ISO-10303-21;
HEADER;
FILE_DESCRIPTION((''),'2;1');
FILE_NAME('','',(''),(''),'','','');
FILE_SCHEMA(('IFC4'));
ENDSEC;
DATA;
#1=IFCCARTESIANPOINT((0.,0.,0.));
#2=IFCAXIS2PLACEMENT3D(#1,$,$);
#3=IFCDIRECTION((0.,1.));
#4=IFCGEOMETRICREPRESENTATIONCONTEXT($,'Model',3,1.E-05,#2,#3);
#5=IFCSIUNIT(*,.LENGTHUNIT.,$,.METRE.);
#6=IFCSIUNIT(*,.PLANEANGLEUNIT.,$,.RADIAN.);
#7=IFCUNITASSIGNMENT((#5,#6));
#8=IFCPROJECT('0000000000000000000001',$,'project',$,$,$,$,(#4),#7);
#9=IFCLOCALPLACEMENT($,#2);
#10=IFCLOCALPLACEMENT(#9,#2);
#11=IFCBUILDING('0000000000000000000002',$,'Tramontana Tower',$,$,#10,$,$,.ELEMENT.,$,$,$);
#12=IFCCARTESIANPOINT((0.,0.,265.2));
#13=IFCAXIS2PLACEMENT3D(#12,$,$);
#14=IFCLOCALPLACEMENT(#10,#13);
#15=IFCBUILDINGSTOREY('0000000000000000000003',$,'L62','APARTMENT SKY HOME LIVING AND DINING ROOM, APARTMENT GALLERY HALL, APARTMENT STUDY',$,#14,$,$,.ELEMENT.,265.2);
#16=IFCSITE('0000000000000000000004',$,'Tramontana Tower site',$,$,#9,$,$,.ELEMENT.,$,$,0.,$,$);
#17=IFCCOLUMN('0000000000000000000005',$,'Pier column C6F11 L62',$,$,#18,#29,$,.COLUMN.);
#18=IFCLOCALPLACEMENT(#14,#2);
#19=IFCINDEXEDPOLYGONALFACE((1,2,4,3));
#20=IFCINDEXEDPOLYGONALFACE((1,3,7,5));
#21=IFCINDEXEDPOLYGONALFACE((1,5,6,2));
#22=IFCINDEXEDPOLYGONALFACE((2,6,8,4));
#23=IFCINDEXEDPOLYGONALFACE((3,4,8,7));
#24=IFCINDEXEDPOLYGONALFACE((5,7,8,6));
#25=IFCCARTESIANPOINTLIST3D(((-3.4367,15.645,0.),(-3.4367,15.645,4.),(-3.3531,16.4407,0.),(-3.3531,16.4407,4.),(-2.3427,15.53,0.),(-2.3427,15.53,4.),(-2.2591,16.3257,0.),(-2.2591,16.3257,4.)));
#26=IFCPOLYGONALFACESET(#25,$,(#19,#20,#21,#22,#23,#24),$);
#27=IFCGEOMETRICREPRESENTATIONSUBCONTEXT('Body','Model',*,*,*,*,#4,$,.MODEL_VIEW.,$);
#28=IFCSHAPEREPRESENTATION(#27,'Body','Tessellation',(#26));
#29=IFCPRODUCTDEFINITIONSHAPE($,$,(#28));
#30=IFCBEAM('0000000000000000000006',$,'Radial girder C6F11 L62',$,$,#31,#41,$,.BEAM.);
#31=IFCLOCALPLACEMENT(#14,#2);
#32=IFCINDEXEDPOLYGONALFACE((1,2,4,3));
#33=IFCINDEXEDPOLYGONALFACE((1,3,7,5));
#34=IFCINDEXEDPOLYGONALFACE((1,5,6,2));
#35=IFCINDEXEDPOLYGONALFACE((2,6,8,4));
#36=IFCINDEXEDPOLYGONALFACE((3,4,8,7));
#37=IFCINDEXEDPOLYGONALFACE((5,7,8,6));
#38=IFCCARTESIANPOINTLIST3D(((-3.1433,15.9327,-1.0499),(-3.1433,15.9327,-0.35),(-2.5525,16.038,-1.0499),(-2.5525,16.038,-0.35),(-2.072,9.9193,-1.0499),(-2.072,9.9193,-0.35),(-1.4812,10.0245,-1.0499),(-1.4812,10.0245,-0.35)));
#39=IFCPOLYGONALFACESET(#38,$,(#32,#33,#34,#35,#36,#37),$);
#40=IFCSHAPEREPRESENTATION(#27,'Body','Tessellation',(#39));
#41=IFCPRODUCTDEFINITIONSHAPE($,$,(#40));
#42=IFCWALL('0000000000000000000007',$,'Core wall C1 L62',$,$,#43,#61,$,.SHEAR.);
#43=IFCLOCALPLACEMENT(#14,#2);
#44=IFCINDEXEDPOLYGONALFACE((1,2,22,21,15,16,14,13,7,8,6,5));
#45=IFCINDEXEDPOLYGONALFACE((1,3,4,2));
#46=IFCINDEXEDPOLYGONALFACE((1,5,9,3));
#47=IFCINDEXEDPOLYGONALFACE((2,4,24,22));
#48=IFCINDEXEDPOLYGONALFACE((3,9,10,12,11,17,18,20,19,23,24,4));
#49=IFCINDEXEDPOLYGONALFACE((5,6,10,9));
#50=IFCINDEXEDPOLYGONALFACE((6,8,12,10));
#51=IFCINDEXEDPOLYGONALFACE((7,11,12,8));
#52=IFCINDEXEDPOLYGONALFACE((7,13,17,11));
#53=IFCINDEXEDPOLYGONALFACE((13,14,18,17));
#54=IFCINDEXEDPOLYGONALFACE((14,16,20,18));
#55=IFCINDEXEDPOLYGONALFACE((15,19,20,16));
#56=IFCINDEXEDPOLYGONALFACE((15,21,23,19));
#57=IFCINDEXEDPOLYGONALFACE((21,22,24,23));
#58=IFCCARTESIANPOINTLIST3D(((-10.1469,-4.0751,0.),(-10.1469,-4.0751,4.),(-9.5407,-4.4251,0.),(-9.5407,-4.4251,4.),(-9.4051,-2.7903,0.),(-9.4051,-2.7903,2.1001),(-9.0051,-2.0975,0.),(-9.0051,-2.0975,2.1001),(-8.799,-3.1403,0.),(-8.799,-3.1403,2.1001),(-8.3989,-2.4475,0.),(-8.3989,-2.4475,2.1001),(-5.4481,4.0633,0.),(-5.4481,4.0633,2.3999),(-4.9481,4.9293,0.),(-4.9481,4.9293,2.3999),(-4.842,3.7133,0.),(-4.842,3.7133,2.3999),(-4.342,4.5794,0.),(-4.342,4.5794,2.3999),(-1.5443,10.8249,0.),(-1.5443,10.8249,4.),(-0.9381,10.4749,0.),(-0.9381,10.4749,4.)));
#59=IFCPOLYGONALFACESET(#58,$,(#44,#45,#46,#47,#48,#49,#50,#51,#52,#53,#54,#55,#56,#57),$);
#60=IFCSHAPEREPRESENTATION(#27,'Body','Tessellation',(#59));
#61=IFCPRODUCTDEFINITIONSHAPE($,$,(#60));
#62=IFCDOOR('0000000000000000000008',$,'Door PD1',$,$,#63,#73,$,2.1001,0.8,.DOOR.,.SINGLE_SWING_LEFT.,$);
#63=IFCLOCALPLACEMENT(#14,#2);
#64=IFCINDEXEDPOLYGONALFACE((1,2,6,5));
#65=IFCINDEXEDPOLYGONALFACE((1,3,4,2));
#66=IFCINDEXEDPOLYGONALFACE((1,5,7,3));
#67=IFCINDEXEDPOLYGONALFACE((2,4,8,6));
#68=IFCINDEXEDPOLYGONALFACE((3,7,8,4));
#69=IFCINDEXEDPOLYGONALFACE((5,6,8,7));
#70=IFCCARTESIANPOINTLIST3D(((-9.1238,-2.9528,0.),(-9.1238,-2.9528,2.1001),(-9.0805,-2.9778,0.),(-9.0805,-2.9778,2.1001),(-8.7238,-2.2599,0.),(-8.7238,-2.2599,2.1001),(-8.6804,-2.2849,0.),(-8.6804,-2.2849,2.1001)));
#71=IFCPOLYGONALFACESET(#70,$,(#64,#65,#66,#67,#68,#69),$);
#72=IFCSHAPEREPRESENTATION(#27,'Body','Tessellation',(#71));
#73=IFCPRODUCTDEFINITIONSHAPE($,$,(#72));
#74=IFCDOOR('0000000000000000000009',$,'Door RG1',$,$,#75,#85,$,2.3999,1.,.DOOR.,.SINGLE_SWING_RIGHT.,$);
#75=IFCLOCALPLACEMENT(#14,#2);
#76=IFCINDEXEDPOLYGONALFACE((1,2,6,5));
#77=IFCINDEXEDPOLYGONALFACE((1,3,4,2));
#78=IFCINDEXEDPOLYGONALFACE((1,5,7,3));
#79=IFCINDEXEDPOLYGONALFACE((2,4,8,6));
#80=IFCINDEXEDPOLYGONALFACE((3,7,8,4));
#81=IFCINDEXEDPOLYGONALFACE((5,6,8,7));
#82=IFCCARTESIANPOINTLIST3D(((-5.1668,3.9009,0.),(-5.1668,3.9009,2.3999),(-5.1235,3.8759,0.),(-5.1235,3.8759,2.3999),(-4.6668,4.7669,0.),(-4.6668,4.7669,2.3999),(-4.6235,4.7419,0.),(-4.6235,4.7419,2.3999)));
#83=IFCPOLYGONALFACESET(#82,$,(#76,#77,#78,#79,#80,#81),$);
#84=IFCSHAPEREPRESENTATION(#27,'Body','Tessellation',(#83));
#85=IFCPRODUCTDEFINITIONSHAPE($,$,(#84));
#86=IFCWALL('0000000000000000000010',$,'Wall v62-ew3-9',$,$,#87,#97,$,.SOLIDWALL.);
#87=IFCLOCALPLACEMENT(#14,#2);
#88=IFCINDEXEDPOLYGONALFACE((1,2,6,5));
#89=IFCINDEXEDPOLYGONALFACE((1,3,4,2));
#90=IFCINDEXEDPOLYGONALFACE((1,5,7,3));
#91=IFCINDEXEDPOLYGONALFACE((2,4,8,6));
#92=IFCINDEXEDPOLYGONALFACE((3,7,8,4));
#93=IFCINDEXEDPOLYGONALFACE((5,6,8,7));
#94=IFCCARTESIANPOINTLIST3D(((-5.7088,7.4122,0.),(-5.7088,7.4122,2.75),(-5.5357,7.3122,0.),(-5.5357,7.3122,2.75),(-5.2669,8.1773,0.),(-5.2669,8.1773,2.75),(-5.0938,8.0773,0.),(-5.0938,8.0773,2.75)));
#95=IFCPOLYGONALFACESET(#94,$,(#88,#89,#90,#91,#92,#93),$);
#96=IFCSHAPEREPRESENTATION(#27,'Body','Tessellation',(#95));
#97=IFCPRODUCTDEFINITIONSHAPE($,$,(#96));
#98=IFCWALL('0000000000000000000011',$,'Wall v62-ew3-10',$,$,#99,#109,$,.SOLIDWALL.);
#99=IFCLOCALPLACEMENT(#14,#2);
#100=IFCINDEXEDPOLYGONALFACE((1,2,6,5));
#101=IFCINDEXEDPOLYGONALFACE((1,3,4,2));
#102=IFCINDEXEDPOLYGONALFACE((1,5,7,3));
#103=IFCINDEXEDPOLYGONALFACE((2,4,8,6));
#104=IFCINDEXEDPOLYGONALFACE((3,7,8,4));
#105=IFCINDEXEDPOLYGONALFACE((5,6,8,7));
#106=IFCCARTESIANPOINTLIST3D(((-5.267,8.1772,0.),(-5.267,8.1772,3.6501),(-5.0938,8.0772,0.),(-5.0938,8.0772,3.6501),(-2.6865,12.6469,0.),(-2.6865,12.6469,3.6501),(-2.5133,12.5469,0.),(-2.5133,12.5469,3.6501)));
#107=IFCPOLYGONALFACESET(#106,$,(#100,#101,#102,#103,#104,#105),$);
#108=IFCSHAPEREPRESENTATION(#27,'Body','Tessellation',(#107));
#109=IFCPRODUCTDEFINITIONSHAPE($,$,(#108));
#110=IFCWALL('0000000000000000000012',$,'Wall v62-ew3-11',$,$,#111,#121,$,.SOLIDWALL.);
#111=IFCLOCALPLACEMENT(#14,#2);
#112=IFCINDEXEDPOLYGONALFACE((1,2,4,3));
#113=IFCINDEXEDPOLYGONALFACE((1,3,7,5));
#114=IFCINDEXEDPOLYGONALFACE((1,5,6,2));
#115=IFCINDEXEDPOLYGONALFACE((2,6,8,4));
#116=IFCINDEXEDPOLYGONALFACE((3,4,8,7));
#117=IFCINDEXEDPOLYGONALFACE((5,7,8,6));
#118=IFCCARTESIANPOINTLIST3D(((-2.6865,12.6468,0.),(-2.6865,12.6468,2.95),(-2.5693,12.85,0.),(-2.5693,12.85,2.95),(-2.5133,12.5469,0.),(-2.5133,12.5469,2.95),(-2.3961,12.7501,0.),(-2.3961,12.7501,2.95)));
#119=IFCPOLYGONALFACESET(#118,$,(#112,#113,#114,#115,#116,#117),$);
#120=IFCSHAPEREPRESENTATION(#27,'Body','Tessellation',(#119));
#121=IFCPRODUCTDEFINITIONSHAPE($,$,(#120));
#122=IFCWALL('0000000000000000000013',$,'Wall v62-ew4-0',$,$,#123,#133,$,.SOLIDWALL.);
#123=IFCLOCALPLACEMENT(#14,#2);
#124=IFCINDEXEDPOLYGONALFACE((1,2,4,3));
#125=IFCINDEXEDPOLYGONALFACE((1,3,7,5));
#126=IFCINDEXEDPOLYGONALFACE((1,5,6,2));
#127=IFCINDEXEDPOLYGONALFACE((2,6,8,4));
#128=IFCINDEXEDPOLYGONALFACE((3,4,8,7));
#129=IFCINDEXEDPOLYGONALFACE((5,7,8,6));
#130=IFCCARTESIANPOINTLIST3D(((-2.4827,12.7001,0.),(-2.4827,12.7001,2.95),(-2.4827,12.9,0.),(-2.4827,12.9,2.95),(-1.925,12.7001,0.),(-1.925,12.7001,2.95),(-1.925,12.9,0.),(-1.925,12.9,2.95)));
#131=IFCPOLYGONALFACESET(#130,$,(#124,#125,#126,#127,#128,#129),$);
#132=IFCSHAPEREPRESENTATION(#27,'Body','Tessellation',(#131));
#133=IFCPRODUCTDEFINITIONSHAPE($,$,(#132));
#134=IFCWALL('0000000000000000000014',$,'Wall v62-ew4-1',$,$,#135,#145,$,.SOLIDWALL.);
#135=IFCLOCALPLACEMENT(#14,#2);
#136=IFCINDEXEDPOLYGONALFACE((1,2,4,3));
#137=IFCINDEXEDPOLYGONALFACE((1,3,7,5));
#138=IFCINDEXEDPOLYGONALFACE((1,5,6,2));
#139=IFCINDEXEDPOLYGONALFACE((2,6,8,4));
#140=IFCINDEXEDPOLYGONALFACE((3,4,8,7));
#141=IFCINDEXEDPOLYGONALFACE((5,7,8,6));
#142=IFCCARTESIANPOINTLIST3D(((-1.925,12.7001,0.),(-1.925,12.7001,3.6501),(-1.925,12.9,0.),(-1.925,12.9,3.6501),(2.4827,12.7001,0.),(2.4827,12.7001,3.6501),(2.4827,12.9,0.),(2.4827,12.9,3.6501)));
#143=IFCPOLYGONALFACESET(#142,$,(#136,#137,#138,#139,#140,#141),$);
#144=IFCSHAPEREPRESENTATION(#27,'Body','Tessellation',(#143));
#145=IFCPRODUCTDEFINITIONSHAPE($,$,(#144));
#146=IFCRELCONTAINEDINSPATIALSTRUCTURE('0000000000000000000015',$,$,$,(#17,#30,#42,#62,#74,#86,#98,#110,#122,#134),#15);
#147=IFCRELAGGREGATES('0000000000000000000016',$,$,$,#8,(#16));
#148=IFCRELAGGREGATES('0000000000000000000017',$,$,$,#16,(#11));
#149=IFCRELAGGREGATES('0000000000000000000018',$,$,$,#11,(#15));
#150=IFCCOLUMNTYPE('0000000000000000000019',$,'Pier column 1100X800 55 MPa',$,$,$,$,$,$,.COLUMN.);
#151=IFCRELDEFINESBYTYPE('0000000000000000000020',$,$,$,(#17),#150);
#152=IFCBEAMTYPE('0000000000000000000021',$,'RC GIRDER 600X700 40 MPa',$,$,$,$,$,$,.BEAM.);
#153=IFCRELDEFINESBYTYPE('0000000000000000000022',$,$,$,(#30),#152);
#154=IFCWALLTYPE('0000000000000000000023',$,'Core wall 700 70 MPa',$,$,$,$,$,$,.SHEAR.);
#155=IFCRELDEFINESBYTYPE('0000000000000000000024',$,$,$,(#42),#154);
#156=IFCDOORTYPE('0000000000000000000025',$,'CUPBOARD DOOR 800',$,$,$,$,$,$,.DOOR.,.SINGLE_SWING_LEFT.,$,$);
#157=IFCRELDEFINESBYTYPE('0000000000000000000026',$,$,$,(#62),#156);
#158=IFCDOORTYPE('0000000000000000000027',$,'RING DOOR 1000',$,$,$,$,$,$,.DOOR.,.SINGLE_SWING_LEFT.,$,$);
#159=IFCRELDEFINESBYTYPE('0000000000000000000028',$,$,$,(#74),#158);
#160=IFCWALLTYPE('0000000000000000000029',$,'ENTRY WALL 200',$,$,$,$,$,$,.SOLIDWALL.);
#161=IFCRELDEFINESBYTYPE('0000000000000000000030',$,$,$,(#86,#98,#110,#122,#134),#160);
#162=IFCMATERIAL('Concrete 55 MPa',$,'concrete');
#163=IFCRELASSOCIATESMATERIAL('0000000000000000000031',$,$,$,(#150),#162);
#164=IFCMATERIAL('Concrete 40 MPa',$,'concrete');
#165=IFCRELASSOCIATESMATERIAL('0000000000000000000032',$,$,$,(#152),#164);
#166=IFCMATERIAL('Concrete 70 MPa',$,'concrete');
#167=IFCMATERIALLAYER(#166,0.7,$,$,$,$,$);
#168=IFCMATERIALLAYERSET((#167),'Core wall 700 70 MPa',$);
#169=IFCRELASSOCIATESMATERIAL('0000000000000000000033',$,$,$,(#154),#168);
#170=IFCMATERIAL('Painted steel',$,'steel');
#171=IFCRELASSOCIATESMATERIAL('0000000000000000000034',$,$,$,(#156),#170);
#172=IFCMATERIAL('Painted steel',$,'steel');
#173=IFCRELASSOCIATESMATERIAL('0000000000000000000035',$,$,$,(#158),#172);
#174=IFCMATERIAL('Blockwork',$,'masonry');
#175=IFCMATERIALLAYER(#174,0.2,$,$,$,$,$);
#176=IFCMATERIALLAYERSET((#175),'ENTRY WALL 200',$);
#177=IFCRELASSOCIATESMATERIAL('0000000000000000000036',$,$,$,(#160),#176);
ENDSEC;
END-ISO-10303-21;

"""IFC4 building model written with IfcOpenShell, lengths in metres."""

from ifc_helpers import new_model, si_unit, direction, frame, frame_2d, origin, origin_2d, place, context, subcontext, project, spatial, rectangle, extrude, material, layer, layer_set, material_profile, profile_set, type_object, element, fill, save


model = new_model("IFC4")

# Units and contexts
model_context = context("Model", 3, precision=1e-05, world=origin(), true_north=direction((0.0, 1.0)))
body_context = subcontext(model_context, "Body", "Model", "MODEL_VIEW")
ifc_project = project(units=[si_unit("LENGTHUNIT", "METRE"), si_unit("PLANEANGLEUNIT", "RADIAN")], contexts=[model_context])

# Site, building, storey
site_placement = place(None, origin())
site = spatial("IfcSite", under=ifc_project, at=site_placement, Name="Tramontana Tower site", CompositionType="ELEMENT", RefElevation=0.0)
building_placement = place(site_placement, origin())
building = spatial("IfcBuilding", under=site, at=building_placement, Name="Tramontana Tower", CompositionType="ELEMENT")
storey_placement = place(building_placement, frame((0.0, 0.0, 265.2)))
storey = spatial("IfcBuildingStorey", under=building, at=storey_placement, Name="L62", Description="APARTMENT SKY HOME LIVING AND DINING ROOM, APARTMENT GALLERY HALL, APARTMENT STUDY", CompositionType="ELEMENT", Elevation=265.2)

# Column
ifc_material_1 = material(Name="Concrete 55 MPa", Category="concrete")
ifc_material_profile_1 = material_profile(ifc_material_1, rectangle(XDim=1.1001, YDim=0.8, at=origin_2d()), Name="Pier column 1100X800 55 MPa")
ifc_profile_set_1 = profile_set([ifc_material_profile_1], Name="Concrete 55 MPa")
column_type = type_object("IfcColumnType", Name="Pier column 1100X800 55 MPa", PredefinedType="COLUMN", material=ifc_profile_set_1)
column_placement = place(storey_placement, frame((-2.8479, 15.9854, 0.0), z_axis=(0.0, 0.0, 1.0), x_axis=(-0.994522, 0.104528, 0.0)))
element("IfcColumn", 1, at=column_placement, inside=storey, type_object=column_type, Name="Pier column C6F11 L62", PredefinedType="COLUMN", context=body_context, shape_type="SweptSolid", body=[
    extrude(rectangle(XDim=1.1001, YDim=0.8, at=origin_2d()), origin(), (0.0, 0.0, 1.0), 4.0),
])

# Beam
ifc_material_2 = material(Name="Concrete 40 MPa", Category="concrete")
ifc_material_profile_2 = material_profile(ifc_material_2, rectangle(XDim=0.6001, YDim=0.7, at=origin_2d()), Name="RC GIRDER 600X700 40 MPa")
ifc_profile_set_2 = profile_set([ifc_material_profile_2], Name="Concrete 40 MPa")
beam_type = type_object("IfcBeamType", Name="RC GIRDER 600X700 40 MPa", PredefinedType="BEAM", material=ifc_profile_set_2)
beam_placement = place(storey_placement, frame((-2.8479, 15.9854, -0.7), z_axis=(0.175388, -0.984499, 0.0), x_axis=(0.984499, 0.175388, 0.0)))
element("IfcBeam", 2, at=beam_placement, inside=storey, type_object=beam_type, Name="Radial girder C6F11 L62", PredefinedType="BEAM", context=body_context, shape_type="SweptSolid", body=[
    extrude(rectangle(XDim=0.6001, YDim=0.7, at=origin_2d()), origin(), (0.0, 0.0, 1.0), 6.1082),
])

# Wall, openings, doors
ifc_material_3 = material(Name="Concrete 70 MPa", Category="concrete")
ifc_layer_1 = layer(ifc_material_3, 0.7)
ifc_layer_set_1 = layer_set([ifc_layer_1], Name="Core wall 700 70 MPa")
wall_type_1 = type_object("IfcWallType", Name="Core wall 700 70 MPa", PredefinedType="SHEAR", material=ifc_layer_set_1)
wall_1_placement = place(storey_placement, frame((-1.2412, 10.6499, 0.0), z_axis=(0.0, 0.0, 1.0), x_axis=(-0.500003, -0.866023, 0.0)))
wall_1 = element("IfcWall", 3, at=wall_1_placement, inside=storey, type_object=wall_type_1, Name="Core wall C1 L62", PredefinedType="SHEAR", context=body_context, shape_type="SweptSolid", body=[
    extrude(rectangle(XDim=17.2051, YDim=0.7, at=frame_2d((8.6025, 0.0))), origin(), (0.0, 0.0, 1.0), 4.0),
])
opening_1_placement = place(wall_1_placement, frame((6.8076, 0.0, 0.0)))
opening_1 = element("IfcOpeningElement", 4, at=opening_1_placement, cuts=wall_1, PredefinedType="OPENING", context=body_context, shape_type="SweptSolid", body=[
    extrude(rectangle(XDim=1.0, YDim=2.3999, at=frame_2d((0.5, 1.2))), frame((0.0, 0.3599, 0.0), z_axis=(0.0, -1.0, 0.0), x_axis=(1.0, 0.0, 0.0)), (0.0, 0.0, 1.0), 0.72),
])
opening_2_placement = place(wall_1_placement, frame((14.9216, 0.0, 0.0)))
opening_2 = element("IfcOpeningElement", 5, at=opening_2_placement, cuts=wall_1, PredefinedType="OPENING", context=body_context, shape_type="SweptSolid", body=[
    extrude(rectangle(XDim=0.8, YDim=2.1001, at=frame_2d((0.3999, 1.05))), frame((0.0, 0.3599, 0.0), z_axis=(0.0, -1.0, 0.0), x_axis=(1.0, 0.0, 0.0)), (0.0, 0.0, 1.0), 0.72),
])
ifc_material_4 = material(Name="Painted steel", Category="steel")
door_type_1 = type_object("IfcDoorType", Name="CUPBOARD DOOR 800", OperationType="SINGLE_SWING_LEFT", PredefinedType="DOOR", material=ifc_material_4)
door_1_placement = place(opening_2_placement, origin())
door_1 = element("IfcDoor", 6, at=door_1_placement, inside=storey, type_object=door_type_1, Name="Door PD1", OperationType="SINGLE_SWING_LEFT", OverallHeight=2.1001, OverallWidth=0.8, PredefinedType="DOOR", context=body_context, shape_type="SweptSolid", body=[
    extrude(rectangle(XDim=0.8, YDim=2.1001, at=frame_2d((0.3999, 1.05))), frame((0.0, 0.0249, 0.0), z_axis=(0.0, -1.0, 0.0), x_axis=(1.0, 0.0, 0.0)), (0.0, 0.0, 1.0), 0.05),
])
fill(opening_2, door_1)
ifc_material_5 = material(Name="Painted steel", Category="steel")
door_type_2 = type_object("IfcDoorType", Name="RING DOOR 1000", OperationType="SINGLE_SWING_LEFT", PredefinedType="DOOR", material=ifc_material_5)
door_2_placement = place(opening_1_placement, origin())
door_2 = element("IfcDoor", 7, at=door_2_placement, inside=storey, type_object=door_type_2, Name="Door RG1", OperationType="SINGLE_SWING_RIGHT", OverallHeight=2.3999, OverallWidth=1.0, PredefinedType="DOOR", context=body_context, shape_type="SweptSolid", body=[
    extrude(rectangle(XDim=1.0, YDim=2.3999, at=frame_2d((0.5, 1.2))), frame((0.0, 0.0249, 0.0), z_axis=(0.0, -1.0, 0.0), x_axis=(1.0, 0.0, 0.0)), (0.0, 0.0, 1.0), 0.05),
])
fill(opening_1, door_2)

# Walls
ifc_material_6 = material(Name="Blockwork", Category="masonry")
ifc_layer_2 = layer(ifc_material_6, 0.2)
ifc_layer_set_2 = layer_set([ifc_layer_2], Name="ENTRY WALL 200")
wall_type_2 = type_object("IfcWallType", Name="ENTRY WALL 200", PredefinedType="SOLIDWALL", material=ifc_layer_set_2)
wall_2_placement = place(storey_placement, frame((-5.6223, 7.3621, 0.0), z_axis=(0.0, 0.0, 1.0), x_axis=(0.500121, 0.865955, 0.0)))
element("IfcWall", 8, at=wall_2_placement, inside=storey, type_object=wall_type_2, Name="Wall v62-ew3-9", PredefinedType="SOLIDWALL", context=body_context, shape_type="SweptSolid", body=[
    extrude(rectangle(XDim=0.8835, YDim=0.2, at=frame_2d((0.4419, 0.0))), origin(), (0.0, 0.0, 1.0), 2.75),
])
wall_3_placement = place(storey_placement, frame((-5.1804, 8.1272, 0.0), z_axis=(0.0, 0.0, 1.0), x_axis=(0.499995, 0.866028, 0.0)))
element("IfcWall", 9, at=wall_3_placement, inside=storey, type_object=wall_type_2, Name="Wall v62-ew3-10", PredefinedType="SOLIDWALL", context=body_context, shape_type="SweptSolid", body=[
    extrude(rectangle(XDim=5.1611, YDim=0.2, at=frame_2d((2.5806, 0.0))), origin(), (0.0, 0.0, 1.0), 3.6501),
])
wall_4_placement = place(storey_placement, frame((-2.5999, 12.5969, 0.0), z_axis=(0.0, 0.0, 1.0), x_axis=(0.499722, 0.866186, 0.0)))
element("IfcWall", 10, at=wall_4_placement, inside=storey, type_object=wall_type_2, Name="Wall v62-ew3-11", PredefinedType="SOLIDWALL", context=body_context, shape_type="SweptSolid", body=[
    extrude(rectangle(XDim=0.2346, YDim=0.2, at=frame_2d((0.1172, 0.0))), origin(), (0.0, 0.0, 1.0), 2.95),
])
wall_5_placement = place(storey_placement, frame((-2.4827, 12.8, 0.0), z_axis=(0.0, 0.0, 1.0), x_axis=(1.0, 0.0, 0.0)))
element("IfcWall", 11, at=wall_5_placement, inside=storey, type_object=wall_type_2, Name="Wall v62-ew4-0", PredefinedType="SOLIDWALL", context=body_context, shape_type="SweptSolid", body=[
    extrude(rectangle(XDim=0.5576, YDim=0.2, at=frame_2d((0.2788, 0.0))), origin(), (0.0, 0.0, 1.0), 2.95),
])
wall_6_placement = place(storey_placement, frame((-1.925, 12.8, 0.0), z_axis=(0.0, 0.0, 1.0), x_axis=(1.0, 0.0, 0.0)))
element("IfcWall", 12, at=wall_6_placement, inside=storey, type_object=wall_type_2, Name="Wall v62-ew4-1", PredefinedType="SOLIDWALL", context=body_context, shape_type="SweptSolid", body=[
    extrude(rectangle(XDim=4.4077, YDim=0.2, at=frame_2d((2.2039, 0.0))), origin(), (0.0, 0.0, 1.0), 3.6501),
])

save(model, "model.ifc")
